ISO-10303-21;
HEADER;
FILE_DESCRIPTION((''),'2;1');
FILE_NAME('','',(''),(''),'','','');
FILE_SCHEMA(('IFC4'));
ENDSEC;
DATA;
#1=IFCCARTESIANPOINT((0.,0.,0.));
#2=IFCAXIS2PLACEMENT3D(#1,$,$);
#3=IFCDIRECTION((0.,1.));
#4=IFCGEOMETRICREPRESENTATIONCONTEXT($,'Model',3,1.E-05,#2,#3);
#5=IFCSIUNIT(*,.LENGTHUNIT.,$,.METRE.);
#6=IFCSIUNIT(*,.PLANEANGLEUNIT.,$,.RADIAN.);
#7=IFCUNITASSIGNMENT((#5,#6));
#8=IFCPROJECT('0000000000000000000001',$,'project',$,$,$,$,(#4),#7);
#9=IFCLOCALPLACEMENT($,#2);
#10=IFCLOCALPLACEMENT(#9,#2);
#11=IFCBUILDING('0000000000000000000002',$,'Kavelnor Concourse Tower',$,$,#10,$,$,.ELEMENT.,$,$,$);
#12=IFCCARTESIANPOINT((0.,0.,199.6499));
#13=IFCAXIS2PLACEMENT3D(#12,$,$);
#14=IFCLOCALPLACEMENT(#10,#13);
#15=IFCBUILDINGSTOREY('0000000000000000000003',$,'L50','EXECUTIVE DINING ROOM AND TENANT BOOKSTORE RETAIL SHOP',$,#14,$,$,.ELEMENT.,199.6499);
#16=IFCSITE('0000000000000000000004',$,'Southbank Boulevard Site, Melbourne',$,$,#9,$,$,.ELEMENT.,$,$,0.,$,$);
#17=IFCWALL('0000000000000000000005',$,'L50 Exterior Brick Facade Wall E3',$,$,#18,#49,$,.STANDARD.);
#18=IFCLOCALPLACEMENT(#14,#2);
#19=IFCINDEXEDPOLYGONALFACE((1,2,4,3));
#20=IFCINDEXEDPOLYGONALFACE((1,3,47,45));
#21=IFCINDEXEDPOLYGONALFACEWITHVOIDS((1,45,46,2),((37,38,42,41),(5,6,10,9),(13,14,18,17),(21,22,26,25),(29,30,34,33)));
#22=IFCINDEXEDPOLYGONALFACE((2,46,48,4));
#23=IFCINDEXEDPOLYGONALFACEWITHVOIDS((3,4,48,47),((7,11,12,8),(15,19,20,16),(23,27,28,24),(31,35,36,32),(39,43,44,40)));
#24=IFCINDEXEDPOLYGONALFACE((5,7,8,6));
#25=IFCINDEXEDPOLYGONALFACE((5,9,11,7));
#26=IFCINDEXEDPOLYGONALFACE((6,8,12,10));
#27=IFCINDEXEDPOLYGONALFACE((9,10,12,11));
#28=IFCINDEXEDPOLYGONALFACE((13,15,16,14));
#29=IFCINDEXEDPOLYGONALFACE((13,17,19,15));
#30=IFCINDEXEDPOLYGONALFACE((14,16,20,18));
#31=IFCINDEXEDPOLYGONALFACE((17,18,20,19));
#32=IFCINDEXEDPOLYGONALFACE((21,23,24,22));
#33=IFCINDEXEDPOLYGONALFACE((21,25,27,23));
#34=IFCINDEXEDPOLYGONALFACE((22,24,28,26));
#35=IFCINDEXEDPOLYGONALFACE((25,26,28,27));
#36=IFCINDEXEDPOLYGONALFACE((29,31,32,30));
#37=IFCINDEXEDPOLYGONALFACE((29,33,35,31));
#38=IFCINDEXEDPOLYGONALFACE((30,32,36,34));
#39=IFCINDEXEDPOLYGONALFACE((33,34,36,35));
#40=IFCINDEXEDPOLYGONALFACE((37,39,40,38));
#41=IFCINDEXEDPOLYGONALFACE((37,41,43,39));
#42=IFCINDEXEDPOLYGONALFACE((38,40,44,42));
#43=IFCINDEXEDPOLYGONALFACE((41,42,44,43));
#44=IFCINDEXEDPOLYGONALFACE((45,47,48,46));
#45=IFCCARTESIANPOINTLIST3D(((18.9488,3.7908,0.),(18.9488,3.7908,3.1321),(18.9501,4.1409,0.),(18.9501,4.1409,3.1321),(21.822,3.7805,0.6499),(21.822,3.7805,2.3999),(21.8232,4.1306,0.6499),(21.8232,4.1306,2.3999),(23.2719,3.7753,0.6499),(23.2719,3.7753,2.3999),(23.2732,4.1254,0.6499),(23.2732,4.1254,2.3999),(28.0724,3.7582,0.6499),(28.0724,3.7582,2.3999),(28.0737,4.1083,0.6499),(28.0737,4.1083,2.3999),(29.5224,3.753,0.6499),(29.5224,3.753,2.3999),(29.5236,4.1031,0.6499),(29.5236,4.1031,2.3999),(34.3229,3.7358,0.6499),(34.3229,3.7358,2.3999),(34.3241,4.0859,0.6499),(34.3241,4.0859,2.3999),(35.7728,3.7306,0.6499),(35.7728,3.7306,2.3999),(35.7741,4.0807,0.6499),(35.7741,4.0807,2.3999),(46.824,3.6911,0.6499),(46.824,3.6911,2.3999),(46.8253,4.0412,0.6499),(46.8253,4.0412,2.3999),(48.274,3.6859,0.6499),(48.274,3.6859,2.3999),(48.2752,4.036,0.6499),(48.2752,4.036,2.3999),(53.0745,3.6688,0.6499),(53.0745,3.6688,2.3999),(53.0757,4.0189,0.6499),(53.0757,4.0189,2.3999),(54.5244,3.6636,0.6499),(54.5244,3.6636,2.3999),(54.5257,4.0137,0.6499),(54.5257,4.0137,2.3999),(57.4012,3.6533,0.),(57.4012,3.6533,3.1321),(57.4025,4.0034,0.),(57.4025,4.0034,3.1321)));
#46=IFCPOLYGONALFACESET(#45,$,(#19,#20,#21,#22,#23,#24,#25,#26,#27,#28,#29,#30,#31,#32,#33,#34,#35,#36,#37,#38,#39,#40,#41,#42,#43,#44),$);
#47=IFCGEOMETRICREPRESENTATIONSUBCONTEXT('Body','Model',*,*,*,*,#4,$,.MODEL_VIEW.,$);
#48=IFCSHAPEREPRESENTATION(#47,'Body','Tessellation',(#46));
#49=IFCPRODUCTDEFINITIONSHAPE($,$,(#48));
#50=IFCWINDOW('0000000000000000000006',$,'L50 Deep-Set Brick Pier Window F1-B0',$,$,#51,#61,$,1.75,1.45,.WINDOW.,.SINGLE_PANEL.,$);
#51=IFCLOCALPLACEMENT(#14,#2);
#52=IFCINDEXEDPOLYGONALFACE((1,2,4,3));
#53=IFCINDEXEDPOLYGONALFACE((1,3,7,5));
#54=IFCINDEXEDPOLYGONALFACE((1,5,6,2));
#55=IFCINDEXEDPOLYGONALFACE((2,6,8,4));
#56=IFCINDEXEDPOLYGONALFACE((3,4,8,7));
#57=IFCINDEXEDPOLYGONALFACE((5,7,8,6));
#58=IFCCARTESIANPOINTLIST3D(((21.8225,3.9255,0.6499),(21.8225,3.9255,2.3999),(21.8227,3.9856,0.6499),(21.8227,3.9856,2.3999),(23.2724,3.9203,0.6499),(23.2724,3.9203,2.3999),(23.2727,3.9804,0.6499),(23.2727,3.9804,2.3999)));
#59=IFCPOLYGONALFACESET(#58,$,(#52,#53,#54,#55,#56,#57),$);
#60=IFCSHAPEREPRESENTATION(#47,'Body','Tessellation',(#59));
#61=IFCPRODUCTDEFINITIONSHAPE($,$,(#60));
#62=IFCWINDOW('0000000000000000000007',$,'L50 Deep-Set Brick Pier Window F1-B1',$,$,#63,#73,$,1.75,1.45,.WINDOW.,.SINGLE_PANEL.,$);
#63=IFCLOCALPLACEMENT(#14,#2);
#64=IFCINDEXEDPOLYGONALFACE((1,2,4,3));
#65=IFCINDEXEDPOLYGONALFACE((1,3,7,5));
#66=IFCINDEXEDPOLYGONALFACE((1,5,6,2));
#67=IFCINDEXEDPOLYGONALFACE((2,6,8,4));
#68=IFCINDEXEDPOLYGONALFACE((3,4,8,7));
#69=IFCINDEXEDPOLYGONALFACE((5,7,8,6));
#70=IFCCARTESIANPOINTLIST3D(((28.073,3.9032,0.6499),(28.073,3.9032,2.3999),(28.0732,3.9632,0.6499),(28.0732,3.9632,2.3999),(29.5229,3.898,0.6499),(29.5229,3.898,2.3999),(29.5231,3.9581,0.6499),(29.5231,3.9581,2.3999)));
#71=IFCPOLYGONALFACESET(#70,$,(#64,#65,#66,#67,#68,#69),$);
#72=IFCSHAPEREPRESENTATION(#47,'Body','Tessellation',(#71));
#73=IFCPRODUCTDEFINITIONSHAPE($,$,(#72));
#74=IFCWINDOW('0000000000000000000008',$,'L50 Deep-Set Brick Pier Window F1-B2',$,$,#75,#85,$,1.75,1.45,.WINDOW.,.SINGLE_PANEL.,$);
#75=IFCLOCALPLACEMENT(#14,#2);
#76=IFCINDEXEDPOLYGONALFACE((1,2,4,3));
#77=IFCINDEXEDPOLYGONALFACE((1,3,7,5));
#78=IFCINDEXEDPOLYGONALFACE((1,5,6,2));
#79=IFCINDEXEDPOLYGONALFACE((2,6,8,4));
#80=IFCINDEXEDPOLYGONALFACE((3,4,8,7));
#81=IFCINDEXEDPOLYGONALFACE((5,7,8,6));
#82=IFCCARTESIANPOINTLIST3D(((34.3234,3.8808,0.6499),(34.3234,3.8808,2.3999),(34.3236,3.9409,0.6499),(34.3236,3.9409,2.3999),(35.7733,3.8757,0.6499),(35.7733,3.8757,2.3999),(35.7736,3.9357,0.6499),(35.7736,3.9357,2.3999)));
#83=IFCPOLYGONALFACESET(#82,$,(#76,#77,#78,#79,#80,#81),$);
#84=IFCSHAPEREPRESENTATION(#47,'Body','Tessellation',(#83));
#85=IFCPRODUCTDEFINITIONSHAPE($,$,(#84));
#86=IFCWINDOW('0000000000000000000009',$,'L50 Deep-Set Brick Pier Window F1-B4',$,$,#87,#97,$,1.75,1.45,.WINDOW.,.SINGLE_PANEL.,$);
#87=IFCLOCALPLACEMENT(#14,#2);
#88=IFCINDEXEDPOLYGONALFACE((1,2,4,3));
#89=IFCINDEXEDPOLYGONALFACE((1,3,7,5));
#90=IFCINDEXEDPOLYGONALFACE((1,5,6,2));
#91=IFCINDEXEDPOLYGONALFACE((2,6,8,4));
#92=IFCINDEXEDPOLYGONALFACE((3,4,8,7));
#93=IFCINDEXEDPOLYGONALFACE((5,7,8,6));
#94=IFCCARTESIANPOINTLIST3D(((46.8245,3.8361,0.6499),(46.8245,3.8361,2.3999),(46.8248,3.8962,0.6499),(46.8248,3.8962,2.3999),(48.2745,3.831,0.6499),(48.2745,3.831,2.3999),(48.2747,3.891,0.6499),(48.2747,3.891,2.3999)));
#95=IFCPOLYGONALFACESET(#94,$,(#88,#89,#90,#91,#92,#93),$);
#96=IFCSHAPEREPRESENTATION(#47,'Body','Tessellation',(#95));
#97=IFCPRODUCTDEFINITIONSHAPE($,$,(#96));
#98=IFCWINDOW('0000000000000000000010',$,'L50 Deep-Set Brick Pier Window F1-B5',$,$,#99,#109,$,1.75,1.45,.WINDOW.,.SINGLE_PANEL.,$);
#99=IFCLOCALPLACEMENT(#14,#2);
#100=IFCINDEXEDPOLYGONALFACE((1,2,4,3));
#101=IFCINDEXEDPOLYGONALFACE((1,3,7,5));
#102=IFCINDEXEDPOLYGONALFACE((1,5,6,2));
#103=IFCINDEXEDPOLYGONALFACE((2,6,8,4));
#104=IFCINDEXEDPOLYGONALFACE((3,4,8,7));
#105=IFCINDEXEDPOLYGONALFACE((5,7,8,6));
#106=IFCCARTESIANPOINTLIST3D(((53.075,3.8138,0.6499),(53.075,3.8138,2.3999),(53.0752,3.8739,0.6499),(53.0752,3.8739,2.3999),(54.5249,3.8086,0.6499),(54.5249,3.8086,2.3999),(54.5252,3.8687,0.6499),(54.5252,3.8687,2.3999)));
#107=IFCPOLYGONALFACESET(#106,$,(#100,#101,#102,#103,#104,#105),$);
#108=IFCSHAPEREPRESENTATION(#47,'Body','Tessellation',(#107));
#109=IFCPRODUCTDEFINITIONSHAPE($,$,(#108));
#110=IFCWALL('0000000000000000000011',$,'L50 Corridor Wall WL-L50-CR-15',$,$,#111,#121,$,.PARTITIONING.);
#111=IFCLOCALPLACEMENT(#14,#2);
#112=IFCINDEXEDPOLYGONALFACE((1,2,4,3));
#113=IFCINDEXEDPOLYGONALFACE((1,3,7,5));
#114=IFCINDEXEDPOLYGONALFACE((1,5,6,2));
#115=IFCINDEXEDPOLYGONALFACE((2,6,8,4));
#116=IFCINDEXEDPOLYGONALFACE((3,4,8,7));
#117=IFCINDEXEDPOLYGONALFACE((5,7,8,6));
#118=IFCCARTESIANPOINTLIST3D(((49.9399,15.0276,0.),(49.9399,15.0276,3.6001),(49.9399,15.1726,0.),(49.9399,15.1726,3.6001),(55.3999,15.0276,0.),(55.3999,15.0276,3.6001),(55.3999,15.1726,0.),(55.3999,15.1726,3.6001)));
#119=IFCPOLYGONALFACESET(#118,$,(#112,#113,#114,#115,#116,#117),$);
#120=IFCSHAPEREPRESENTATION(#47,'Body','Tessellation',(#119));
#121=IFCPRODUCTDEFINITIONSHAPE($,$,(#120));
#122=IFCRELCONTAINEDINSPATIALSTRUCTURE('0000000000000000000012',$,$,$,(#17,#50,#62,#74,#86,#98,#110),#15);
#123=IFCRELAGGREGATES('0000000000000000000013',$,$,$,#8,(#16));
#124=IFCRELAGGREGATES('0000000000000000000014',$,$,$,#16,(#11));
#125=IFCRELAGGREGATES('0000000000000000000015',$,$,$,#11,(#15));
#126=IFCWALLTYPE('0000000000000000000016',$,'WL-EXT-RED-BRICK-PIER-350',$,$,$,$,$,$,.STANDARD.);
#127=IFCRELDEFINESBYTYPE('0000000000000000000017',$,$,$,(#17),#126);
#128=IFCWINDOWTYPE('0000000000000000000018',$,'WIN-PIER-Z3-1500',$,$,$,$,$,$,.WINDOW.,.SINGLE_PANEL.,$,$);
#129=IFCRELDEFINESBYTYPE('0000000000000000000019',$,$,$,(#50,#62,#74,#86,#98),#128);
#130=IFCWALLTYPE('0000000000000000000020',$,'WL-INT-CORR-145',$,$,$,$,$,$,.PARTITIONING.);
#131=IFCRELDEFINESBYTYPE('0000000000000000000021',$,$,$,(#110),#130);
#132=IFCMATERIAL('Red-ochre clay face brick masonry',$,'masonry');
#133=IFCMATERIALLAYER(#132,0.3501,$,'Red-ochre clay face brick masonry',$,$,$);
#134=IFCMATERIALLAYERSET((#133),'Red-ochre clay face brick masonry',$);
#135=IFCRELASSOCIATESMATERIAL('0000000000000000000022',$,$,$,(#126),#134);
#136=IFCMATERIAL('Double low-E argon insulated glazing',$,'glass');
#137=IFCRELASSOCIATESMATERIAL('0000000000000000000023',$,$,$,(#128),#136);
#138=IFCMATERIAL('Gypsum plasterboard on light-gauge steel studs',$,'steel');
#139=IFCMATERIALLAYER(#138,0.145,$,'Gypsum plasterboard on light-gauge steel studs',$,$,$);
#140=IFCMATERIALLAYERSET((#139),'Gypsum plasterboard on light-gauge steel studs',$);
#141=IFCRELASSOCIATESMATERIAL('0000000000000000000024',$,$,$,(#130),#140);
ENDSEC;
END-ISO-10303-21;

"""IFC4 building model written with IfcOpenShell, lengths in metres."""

from ifc_helpers import new_model, si_unit, direction, frame, frame_2d, origin, place, context, subcontext, project, spatial, rectangle, extrude, material, layer, layer_set, type_object, element, fill, save


model = new_model("IFC4")

# Units and contexts
model_context = context("Model", 3, precision=1e-05, world=origin(), true_north=direction((0.0, 1.0)))
body_context = subcontext(model_context, "Body", "Model", "MODEL_VIEW")
ifc_project = project(units=[si_unit("LENGTHUNIT", "METRE"), si_unit("PLANEANGLEUNIT", "RADIAN")], contexts=[model_context])

# Site, building, storey
site_placement = place(None, origin())
site = spatial("IfcSite", under=ifc_project, at=site_placement, Name="Southbank Boulevard Site, Melbourne", CompositionType="ELEMENT", RefElevation=0.0)
building_placement = place(site_placement, origin())
building = spatial("IfcBuilding", under=site, at=building_placement, Name="Kavelnor Concourse Tower", CompositionType="ELEMENT")
storey_placement = place(building_placement, frame((0.0, 0.0, 199.6499)))
storey = spatial("IfcBuildingStorey", under=building, at=storey_placement, Name="L50", Description="EXECUTIVE DINING ROOM AND TENANT BOOKSTORE RETAIL SHOP", CompositionType="ELEMENT", Elevation=199.6499)

# Shared definitions
ifc_material_1 = material(Name="Double low-E argon insulated glazing", Category="glass")

# Wall, openings, windows
ifc_material_2 = material(Name="Red-ochre clay face brick masonry", Category="masonry")
ifc_layer_1 = layer(ifc_material_2, 0.3501, Name="Red-ochre clay face brick masonry")
ifc_layer_set_1 = layer_set([ifc_layer_1], Name="Red-ochre clay face brick masonry")
wall_type_1 = type_object("IfcWallType", Name="WL-EXT-RED-BRICK-PIER-350", PredefinedType="STANDARD", material=ifc_layer_set_1)
wall_1_placement = place(storey_placement, frame((57.4019, 3.8284, 0.0), z_axis=(0.0, 0.0, 1.0), x_axis=(-0.999994, 0.003575, 0.0)))
wall_1 = element("IfcWall", 1, at=wall_1_placement, inside=storey, type_object=wall_type_1, Name="L50 Exterior Brick Facade Wall E3", PredefinedType="STANDARD", context=body_context, shape_type="SweptSolid", body=[
    extrude(rectangle(XDim=38.4526, YDim=0.3501, at=frame_2d((19.2263, 0.0))), origin(), (0.0, 0.0, 1.0), 3.1321),
])
opening_1_placement = place(wall_1_placement, frame((34.1294, 0.0, 0.6499)))
opening_1 = element("IfcOpeningElement", 2, at=opening_1_placement, cuts=wall_1, PredefinedType="OPENING", context=body_context, shape_type="SweptSolid", body=[
    extrude(rectangle(XDim=1.45, YDim=1.75, at=frame_2d((0.7251, 0.875))), frame((0.0, 0.1851, 0.0), z_axis=(0.0, -1.0, 0.0), x_axis=(1.0, 0.0, 0.0)), (0.0, 0.0, 1.0), 0.3701),
])
opening_2_placement = place(wall_1_placement, frame((27.8789, 0.0, 0.6499)))
opening_2 = element("IfcOpeningElement", 3, at=opening_2_placement, cuts=wall_1, PredefinedType="OPENING", context=body_context, shape_type="SweptSolid", body=[
    extrude(rectangle(XDim=1.45, YDim=1.75, at=frame_2d((0.7251, 0.875))), frame((0.0, 0.1851, 0.0), z_axis=(0.0, -1.0, 0.0), x_axis=(1.0, 0.0, 0.0)), (0.0, 0.0, 1.0), 0.3701),
])
opening_3_placement = place(wall_1_placement, frame((21.6284, 0.0, 0.6499)))
opening_3 = element("IfcOpeningElement", 4, at=opening_3_placement, cuts=wall_1, PredefinedType="OPENING", context=body_context, shape_type="SweptSolid", body=[
    extrude(rectangle(XDim=1.45, YDim=1.75, at=frame_2d((0.7251, 0.875))), frame((0.0, 0.1851, 0.0), z_axis=(0.0, -1.0, 0.0), x_axis=(1.0, 0.0, 0.0)), (0.0, 0.0, 1.0), 0.3701),
])
opening_4_placement = place(wall_1_placement, frame((9.1272, 0.0, 0.6499)))
opening_4 = element("IfcOpeningElement", 5, at=opening_4_placement, cuts=wall_1, PredefinedType="OPENING", context=body_context, shape_type="SweptSolid", body=[
    extrude(rectangle(XDim=1.45, YDim=1.75, at=frame_2d((0.7251, 0.875))), frame((0.0, 0.1851, 0.0), z_axis=(0.0, -1.0, 0.0), x_axis=(1.0, 0.0, 0.0)), (0.0, 0.0, 1.0), 0.3701),
])
opening_5_placement = place(wall_1_placement, frame((2.8767, 0.0, 0.6499)))
opening_5 = element("IfcOpeningElement", 6, at=opening_5_placement, cuts=wall_1, PredefinedType="OPENING", context=body_context, shape_type="SweptSolid", body=[
    extrude(rectangle(XDim=1.45, YDim=1.75, at=frame_2d((0.7251, 0.875))), frame((0.0, 0.1851, 0.0), z_axis=(0.0, -1.0, 0.0), x_axis=(1.0, 0.0, 0.0)), (0.0, 0.0, 1.0), 0.3701),
])
window_type_1 = type_object("IfcWindowType", Name="WIN-PIER-Z3-1500", PartitioningType="SINGLE_PANEL", PredefinedType="WINDOW", material=ifc_material_1)
window_1_placement = place(opening_1_placement, origin())
window_1 = element("IfcWindow", 7, at=window_1_placement, inside=storey, type_object=window_type_1, Name="L50 Deep-Set Brick Pier Window F1-B0", OverallHeight=1.75, OverallWidth=1.45, PartitioningType="SINGLE_PANEL", PredefinedType="WINDOW", context=body_context, shape_type="SweptSolid", body=[
    extrude(rectangle(XDim=1.45, YDim=1.75, at=frame_2d((0.7251, 0.875))), frame((0.0, 0.03, 0.0), z_axis=(0.0, -1.0, 0.0), x_axis=(1.0, 0.0, 0.0)), (0.0, 0.0, 1.0), 0.0601),
])
fill(opening_1, window_1)
window_2_placement = place(opening_2_placement, origin())
window_2 = element("IfcWindow", 8, at=window_2_placement, inside=storey, type_object=window_type_1, Name="L50 Deep-Set Brick Pier Window F1-B1", OverallHeight=1.75, OverallWidth=1.45, PartitioningType="SINGLE_PANEL", PredefinedType="WINDOW", context=body_context, shape_type="SweptSolid", body=[
    extrude(rectangle(XDim=1.45, YDim=1.75, at=frame_2d((0.7251, 0.875))), frame((0.0, 0.03, 0.0), z_axis=(0.0, -1.0, 0.0), x_axis=(1.0, 0.0, 0.0)), (0.0, 0.0, 1.0), 0.0601),
])
fill(opening_2, window_2)
window_3_placement = place(opening_3_placement, origin())
window_3 = element("IfcWindow", 9, at=window_3_placement, inside=storey, type_object=window_type_1, Name="L50 Deep-Set Brick Pier Window F1-B2", OverallHeight=1.75, OverallWidth=1.45, PartitioningType="SINGLE_PANEL", PredefinedType="WINDOW", context=body_context, shape_type="SweptSolid", body=[
    extrude(rectangle(XDim=1.45, YDim=1.75, at=frame_2d((0.7251, 0.875))), frame((0.0, 0.03, 0.0), z_axis=(0.0, -1.0, 0.0), x_axis=(1.0, 0.0, 0.0)), (0.0, 0.0, 1.0), 0.0601),
])
fill(opening_3, window_3)
window_4_placement = place(opening_4_placement, origin())
window_4 = element("IfcWindow", 10, at=window_4_placement, inside=storey, type_object=window_type_1, Name="L50 Deep-Set Brick Pier Window F1-B4", OverallHeight=1.75, OverallWidth=1.45, PartitioningType="SINGLE_PANEL", PredefinedType="WINDOW", context=body_context, shape_type="SweptSolid", body=[
    extrude(rectangle(XDim=1.45, YDim=1.75, at=frame_2d((0.7251, 0.875))), frame((0.0, 0.03, 0.0), z_axis=(0.0, -1.0, 0.0), x_axis=(1.0, 0.0, 0.0)), (0.0, 0.0, 1.0), 0.0601),
])
fill(opening_4, window_4)
window_5_placement = place(opening_5_placement, origin())
window_5 = element("IfcWindow", 11, at=window_5_placement, inside=storey, type_object=window_type_1, Name="L50 Deep-Set Brick Pier Window F1-B5", OverallHeight=1.75, OverallWidth=1.45, PartitioningType="SINGLE_PANEL", PredefinedType="WINDOW", context=body_context, shape_type="SweptSolid", body=[
    extrude(rectangle(XDim=1.45, YDim=1.75, at=frame_2d((0.7251, 0.875))), frame((0.0, 0.03, 0.0), z_axis=(0.0, -1.0, 0.0), x_axis=(1.0, 0.0, 0.0)), (0.0, 0.0, 1.0), 0.0601),
])
fill(opening_5, window_5)

# Wall
ifc_material_3 = material(Name="Gypsum plasterboard on light-gauge steel studs", Category="steel")
ifc_layer_2 = layer(ifc_material_3, 0.145, Name="Gypsum plasterboard on light-gauge steel studs")
ifc_layer_set_2 = layer_set([ifc_layer_2], Name="Gypsum plasterboard on light-gauge steel studs")
wall_type_2 = type_object("IfcWallType", Name="WL-INT-CORR-145", PredefinedType="PARTITIONING", material=ifc_layer_set_2)
wall_2_placement = place(storey_placement, frame((55.3999, 15.1001, 0.0), z_axis=(0.0, 0.0, 1.0), x_axis=(-1.0, 0.0, 0.0)))
element("IfcWall", 12, at=wall_2_placement, inside=storey, type_object=wall_type_2, Name="L50 Corridor Wall WL-L50-CR-15", PredefinedType="PARTITIONING", context=body_context, shape_type="SweptSolid", body=[
    extrude(rectangle(XDim=5.46, YDim=0.145, at=frame_2d((2.73, 0.0))), origin(), (0.0, 0.0, 1.0), 3.6001),
])

save(model, "model.ifc")
